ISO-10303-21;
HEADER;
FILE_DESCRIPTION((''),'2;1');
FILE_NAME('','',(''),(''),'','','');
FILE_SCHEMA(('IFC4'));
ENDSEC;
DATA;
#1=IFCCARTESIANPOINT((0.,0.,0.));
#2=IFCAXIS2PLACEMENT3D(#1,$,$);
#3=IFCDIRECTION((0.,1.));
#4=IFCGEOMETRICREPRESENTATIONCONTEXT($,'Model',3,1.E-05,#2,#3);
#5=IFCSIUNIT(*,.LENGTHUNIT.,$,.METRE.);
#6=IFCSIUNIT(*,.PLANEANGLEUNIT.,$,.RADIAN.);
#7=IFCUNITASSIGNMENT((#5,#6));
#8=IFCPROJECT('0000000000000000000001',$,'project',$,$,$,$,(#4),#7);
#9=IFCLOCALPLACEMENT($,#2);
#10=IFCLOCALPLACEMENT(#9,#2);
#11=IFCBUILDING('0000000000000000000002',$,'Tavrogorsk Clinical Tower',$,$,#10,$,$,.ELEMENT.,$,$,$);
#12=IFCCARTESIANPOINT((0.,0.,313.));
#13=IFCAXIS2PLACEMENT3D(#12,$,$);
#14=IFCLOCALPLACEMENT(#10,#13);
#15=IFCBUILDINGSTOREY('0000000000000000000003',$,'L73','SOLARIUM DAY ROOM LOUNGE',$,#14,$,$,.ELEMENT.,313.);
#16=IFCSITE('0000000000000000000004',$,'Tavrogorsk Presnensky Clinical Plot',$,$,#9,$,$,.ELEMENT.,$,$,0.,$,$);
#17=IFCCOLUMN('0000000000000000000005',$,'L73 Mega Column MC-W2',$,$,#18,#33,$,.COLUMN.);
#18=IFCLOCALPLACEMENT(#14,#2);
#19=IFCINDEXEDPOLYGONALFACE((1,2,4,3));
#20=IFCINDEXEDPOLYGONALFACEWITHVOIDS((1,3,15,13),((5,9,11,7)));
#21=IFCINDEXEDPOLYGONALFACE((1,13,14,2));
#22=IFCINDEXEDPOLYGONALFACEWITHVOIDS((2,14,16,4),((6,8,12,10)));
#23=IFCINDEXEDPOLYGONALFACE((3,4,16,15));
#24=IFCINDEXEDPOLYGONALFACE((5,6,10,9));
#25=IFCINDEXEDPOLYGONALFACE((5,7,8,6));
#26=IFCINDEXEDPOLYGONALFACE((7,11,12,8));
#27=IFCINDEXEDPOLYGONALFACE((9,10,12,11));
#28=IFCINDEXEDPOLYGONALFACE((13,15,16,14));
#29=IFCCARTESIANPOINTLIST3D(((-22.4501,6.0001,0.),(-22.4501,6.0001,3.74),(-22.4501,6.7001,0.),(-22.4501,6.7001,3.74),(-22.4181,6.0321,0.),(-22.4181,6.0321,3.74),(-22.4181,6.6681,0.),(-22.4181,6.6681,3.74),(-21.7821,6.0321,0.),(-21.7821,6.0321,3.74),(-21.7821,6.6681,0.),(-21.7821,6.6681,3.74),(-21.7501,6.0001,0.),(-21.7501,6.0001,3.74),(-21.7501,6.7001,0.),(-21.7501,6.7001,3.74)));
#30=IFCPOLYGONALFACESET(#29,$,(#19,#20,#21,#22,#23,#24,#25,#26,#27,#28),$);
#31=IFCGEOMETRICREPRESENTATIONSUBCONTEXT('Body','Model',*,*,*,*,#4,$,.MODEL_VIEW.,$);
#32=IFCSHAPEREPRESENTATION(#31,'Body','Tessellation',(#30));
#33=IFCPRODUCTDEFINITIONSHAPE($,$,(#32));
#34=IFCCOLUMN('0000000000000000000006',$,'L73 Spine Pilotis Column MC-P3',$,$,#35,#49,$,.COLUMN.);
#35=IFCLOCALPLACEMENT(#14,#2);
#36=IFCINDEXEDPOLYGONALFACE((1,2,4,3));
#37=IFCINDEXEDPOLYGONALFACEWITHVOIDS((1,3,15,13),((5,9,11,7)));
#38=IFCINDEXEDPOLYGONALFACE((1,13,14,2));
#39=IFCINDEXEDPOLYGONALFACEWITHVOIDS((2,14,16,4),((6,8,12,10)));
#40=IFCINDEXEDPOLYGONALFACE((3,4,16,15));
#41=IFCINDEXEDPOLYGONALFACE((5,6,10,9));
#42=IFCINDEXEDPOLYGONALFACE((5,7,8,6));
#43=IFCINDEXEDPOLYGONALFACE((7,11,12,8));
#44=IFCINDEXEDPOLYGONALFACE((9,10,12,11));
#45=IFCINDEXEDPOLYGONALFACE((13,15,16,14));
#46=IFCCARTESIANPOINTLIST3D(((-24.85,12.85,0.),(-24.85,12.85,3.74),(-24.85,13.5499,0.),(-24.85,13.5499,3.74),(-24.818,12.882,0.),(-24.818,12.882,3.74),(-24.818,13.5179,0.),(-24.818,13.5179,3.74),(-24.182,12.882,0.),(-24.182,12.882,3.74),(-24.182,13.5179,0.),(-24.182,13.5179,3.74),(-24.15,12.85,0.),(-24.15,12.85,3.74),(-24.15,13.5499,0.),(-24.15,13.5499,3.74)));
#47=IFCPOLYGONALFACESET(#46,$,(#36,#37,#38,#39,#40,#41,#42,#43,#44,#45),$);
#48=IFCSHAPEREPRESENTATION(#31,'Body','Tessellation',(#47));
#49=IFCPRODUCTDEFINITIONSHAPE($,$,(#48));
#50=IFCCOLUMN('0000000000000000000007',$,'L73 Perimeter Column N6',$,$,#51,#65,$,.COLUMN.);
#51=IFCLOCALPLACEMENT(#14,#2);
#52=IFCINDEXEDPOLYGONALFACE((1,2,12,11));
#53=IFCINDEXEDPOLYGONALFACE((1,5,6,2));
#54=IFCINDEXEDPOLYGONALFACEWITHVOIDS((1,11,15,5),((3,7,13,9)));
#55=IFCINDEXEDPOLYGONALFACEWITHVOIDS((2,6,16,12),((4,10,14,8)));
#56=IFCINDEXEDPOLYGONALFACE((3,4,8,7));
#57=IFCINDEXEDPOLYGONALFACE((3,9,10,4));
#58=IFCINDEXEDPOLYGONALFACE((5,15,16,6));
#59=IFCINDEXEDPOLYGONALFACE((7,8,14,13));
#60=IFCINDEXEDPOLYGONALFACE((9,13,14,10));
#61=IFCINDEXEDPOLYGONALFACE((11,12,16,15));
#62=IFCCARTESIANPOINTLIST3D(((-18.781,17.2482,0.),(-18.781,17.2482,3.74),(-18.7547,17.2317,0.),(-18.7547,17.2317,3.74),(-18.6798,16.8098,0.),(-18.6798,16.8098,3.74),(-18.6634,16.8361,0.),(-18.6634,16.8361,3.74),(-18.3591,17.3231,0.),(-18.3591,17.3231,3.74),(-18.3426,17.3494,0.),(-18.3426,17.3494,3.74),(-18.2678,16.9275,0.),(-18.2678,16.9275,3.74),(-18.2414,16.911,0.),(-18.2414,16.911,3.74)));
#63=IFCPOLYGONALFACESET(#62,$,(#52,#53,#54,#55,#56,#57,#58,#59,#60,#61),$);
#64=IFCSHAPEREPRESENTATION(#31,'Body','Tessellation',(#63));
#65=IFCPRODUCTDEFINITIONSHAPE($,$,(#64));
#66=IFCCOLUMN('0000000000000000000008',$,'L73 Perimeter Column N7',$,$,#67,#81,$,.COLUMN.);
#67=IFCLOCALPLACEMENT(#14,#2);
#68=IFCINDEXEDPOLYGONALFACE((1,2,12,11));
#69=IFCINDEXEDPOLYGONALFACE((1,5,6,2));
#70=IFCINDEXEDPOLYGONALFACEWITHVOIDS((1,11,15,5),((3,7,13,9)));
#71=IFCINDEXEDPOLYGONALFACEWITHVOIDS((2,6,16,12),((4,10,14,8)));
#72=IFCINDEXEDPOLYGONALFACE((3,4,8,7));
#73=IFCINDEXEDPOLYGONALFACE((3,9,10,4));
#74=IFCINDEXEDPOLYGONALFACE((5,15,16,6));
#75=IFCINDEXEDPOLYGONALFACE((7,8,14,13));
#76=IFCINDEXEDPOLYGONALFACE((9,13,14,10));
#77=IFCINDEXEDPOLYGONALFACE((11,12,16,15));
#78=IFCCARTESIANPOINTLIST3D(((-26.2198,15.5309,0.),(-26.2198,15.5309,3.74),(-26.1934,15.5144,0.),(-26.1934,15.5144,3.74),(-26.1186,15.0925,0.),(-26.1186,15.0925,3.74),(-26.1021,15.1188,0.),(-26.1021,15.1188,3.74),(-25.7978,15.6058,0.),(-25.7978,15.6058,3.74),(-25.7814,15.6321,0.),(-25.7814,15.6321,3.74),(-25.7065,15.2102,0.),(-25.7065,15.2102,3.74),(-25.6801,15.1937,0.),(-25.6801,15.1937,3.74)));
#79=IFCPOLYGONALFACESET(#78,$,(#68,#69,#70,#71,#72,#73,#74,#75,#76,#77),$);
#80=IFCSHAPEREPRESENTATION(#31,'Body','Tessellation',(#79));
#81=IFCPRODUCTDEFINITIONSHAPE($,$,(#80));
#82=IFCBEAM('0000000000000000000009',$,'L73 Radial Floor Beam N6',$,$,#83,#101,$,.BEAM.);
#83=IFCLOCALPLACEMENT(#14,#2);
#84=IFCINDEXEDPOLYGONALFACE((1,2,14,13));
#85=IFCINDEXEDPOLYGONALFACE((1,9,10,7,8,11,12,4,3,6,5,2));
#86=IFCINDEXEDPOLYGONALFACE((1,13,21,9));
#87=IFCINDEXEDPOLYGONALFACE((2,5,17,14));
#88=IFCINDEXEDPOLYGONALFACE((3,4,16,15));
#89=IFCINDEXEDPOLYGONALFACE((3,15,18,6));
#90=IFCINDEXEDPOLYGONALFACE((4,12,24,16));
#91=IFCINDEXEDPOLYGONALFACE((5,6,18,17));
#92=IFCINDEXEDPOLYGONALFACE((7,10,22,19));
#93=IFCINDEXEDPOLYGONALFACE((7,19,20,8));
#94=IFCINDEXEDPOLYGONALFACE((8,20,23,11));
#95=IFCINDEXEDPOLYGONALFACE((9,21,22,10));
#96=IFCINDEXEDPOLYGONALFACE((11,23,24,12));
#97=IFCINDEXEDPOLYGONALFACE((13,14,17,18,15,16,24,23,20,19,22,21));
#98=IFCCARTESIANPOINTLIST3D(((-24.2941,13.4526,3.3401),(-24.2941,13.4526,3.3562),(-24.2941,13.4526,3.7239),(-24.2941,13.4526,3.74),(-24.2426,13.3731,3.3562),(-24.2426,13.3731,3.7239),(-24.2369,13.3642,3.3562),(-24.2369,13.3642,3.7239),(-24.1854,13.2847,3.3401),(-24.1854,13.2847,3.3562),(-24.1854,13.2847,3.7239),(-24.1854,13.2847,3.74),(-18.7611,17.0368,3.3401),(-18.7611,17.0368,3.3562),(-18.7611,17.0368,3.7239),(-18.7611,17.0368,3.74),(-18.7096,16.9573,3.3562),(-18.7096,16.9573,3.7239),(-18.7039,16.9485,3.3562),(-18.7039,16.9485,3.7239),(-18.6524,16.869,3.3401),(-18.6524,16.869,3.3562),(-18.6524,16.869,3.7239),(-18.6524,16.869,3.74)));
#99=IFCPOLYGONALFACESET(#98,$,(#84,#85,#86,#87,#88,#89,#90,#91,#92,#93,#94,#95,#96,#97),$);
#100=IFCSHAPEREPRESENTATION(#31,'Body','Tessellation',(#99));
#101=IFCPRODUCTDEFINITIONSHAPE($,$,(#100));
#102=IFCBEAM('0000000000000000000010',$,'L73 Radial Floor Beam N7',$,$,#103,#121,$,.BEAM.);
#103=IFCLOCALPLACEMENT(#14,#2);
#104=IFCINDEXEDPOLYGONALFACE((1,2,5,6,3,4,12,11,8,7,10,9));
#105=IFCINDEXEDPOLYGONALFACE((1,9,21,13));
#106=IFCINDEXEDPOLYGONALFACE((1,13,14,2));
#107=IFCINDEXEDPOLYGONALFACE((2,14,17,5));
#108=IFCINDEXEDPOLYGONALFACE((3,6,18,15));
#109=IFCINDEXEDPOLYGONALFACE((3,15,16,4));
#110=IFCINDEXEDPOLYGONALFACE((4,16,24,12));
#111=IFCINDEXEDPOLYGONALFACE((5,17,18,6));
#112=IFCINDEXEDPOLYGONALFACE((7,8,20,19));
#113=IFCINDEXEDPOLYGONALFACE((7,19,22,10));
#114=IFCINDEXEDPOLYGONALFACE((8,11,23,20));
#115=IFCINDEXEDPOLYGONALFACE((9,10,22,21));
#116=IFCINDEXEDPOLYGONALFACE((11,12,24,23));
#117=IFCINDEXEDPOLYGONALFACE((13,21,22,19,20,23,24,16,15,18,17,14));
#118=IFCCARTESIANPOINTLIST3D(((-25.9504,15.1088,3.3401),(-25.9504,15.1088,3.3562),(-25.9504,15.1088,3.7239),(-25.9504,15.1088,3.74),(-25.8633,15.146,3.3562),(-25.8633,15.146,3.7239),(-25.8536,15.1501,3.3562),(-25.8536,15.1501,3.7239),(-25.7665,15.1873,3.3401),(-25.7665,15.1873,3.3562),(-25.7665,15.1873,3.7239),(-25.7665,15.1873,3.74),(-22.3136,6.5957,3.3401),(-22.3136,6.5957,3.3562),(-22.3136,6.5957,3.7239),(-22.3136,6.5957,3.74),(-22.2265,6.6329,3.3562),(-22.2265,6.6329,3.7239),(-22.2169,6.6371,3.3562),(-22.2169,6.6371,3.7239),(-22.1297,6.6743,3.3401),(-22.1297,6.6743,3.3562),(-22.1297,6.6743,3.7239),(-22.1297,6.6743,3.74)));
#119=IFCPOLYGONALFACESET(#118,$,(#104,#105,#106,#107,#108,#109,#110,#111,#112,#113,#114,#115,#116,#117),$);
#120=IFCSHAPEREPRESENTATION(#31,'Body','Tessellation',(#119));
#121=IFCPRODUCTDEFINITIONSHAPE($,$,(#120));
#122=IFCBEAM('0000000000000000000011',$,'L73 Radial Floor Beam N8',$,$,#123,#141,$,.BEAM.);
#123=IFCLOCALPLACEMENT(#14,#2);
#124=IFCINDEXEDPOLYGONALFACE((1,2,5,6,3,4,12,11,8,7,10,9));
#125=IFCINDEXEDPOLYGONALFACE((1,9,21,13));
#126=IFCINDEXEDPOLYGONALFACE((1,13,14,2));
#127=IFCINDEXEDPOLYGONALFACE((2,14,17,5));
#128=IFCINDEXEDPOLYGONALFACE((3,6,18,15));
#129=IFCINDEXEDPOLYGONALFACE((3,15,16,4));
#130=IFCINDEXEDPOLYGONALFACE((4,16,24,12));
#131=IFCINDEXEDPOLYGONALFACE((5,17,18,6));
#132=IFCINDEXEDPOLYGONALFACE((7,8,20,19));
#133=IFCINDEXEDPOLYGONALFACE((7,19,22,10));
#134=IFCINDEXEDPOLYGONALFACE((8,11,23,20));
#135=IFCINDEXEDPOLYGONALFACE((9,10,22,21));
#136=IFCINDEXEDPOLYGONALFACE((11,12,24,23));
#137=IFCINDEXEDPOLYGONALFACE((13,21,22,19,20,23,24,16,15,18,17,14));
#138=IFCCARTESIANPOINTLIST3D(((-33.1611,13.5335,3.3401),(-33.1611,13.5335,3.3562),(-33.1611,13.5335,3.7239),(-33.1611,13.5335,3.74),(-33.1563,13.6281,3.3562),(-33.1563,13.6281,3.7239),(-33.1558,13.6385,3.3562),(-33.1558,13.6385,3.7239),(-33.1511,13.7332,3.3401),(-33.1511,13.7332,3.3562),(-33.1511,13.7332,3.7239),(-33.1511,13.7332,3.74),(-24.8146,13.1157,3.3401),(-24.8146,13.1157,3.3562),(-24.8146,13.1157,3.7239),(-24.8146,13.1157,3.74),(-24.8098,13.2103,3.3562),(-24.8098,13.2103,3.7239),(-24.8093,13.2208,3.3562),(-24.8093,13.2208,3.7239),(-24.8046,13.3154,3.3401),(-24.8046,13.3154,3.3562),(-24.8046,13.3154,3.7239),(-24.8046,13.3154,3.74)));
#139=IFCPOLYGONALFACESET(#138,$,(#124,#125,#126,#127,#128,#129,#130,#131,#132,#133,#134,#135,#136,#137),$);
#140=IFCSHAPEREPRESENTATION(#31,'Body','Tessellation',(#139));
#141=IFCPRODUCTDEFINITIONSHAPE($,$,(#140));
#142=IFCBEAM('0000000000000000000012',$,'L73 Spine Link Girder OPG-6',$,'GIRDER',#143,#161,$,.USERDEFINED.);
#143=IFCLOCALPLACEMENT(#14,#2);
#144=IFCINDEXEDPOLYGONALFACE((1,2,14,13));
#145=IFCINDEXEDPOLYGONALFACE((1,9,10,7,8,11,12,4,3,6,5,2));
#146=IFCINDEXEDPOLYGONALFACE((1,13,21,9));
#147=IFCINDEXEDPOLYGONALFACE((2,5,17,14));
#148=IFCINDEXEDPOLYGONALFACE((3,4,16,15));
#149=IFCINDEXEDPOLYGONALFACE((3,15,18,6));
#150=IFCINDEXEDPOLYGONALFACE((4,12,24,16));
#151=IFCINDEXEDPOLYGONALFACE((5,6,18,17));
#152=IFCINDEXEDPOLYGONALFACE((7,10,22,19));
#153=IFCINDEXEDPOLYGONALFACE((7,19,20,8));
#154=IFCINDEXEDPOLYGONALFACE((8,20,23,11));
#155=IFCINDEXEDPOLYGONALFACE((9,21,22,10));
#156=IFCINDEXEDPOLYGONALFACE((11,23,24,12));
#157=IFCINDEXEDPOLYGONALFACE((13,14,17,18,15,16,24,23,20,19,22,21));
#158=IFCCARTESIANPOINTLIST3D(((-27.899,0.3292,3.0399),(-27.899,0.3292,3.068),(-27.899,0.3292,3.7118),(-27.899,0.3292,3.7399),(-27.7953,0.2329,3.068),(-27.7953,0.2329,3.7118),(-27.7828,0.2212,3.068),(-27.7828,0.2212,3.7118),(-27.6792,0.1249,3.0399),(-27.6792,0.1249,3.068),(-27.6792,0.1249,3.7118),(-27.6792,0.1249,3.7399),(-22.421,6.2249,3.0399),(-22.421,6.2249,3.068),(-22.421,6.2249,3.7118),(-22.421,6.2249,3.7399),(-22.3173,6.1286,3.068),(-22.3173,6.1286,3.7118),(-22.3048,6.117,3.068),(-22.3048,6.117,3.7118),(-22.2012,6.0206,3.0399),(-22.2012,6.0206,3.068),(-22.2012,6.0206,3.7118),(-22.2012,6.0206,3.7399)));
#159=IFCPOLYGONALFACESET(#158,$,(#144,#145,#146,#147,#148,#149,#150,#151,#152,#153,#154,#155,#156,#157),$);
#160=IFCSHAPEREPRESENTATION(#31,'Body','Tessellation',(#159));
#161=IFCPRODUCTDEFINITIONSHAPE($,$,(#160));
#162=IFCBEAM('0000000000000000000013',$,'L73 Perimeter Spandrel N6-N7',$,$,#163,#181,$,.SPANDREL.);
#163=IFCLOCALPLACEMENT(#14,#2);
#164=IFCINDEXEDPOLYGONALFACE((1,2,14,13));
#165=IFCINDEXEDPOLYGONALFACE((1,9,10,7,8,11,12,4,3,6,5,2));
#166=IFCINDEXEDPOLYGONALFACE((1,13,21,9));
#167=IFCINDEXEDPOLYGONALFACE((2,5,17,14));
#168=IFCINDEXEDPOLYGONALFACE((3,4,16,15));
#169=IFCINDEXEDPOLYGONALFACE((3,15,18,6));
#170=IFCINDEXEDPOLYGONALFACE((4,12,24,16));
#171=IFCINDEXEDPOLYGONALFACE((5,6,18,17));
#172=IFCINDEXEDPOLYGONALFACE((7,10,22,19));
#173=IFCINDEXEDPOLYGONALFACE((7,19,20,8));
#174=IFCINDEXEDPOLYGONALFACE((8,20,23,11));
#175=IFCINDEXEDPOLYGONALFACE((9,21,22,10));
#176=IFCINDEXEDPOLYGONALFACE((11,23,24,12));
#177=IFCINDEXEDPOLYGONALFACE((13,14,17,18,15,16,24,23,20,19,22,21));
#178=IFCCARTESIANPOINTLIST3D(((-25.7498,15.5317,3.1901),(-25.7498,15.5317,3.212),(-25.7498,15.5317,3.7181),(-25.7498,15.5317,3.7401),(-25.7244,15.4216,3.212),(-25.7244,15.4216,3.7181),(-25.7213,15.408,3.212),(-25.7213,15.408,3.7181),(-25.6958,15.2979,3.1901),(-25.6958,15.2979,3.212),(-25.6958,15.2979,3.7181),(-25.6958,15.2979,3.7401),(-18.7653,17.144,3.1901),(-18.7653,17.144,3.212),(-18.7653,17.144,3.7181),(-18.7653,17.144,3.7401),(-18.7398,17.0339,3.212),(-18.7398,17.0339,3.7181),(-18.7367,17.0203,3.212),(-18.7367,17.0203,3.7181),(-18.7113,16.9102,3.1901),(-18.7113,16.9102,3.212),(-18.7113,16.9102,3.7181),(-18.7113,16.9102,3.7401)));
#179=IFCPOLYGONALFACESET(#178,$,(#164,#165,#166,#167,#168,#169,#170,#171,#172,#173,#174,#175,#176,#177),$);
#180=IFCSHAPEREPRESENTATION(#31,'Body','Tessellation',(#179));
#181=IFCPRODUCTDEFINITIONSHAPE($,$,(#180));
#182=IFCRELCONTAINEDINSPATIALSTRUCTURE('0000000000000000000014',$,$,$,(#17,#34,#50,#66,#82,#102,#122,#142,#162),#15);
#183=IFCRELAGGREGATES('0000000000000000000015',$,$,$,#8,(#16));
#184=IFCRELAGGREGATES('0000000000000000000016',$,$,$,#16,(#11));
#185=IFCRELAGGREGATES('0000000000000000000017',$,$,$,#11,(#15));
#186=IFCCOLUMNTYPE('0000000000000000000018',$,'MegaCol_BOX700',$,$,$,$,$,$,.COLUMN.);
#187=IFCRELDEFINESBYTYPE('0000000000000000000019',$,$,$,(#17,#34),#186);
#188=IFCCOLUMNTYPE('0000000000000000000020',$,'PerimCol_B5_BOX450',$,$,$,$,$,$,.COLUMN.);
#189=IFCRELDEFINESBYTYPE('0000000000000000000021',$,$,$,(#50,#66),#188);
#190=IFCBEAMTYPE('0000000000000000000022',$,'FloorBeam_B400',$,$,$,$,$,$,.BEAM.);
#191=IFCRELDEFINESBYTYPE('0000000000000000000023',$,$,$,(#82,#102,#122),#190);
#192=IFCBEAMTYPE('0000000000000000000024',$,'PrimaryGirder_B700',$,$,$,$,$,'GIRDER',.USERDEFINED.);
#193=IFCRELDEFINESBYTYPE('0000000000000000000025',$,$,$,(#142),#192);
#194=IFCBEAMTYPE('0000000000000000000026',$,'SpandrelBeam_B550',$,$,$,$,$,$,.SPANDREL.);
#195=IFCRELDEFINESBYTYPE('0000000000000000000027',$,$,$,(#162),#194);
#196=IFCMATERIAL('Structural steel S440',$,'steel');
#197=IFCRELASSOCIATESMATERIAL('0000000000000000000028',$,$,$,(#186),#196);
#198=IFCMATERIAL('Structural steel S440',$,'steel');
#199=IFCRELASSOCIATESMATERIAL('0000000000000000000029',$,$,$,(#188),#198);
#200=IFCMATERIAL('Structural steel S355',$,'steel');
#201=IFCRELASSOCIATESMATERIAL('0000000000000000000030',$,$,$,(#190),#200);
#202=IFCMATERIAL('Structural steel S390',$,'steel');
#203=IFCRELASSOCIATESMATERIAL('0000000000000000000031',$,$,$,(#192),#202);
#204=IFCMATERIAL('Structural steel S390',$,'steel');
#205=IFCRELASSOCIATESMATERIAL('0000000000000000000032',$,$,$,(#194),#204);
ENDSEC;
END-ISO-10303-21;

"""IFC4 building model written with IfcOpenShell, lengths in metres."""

from ifc_helpers import new_model, si_unit, direction, frame, origin, origin_2d, place, context, subcontext, project, spatial, hollow_rectangle, i_section, extrude, material, material_profile, profile_set, type_object, element, save


model = new_model("IFC4")

# Units and contexts
model_context = context("Model", 3, precision=1e-05, world=origin(), true_north=direction((0.0, 1.0)))
body_context = subcontext(model_context, "Body", "Model", "MODEL_VIEW")
ifc_project = project(units=[si_unit("LENGTHUNIT", "METRE"), si_unit("PLANEANGLEUNIT", "RADIAN")], contexts=[model_context])

# Site, building, storey
site_placement = place(None, origin())
site = spatial("IfcSite", under=ifc_project, at=site_placement, Name="Tavrogorsk Presnensky Clinical Plot", CompositionType="ELEMENT", RefElevation=0.0)
building_placement = place(site_placement, origin())
building = spatial("IfcBuilding", under=site, at=building_placement, Name="Tavrogorsk Clinical Tower", CompositionType="ELEMENT")
storey_placement = place(building_placement, frame((0.0, 0.0, 313.0)))
storey = spatial("IfcBuildingStorey", under=building, at=storey_placement, Name="L73", Description="SOLARIUM DAY ROOM LOUNGE", CompositionType="ELEMENT", Elevation=313.0)

# Columns
ifc_material_1 = material(Name="Structural steel S440", Category="steel")
ifc_material_profile_1 = material_profile(ifc_material_1, hollow_rectangle(XDim=0.7, YDim=0.7, WallThickness=0.032, at=origin_2d()), Name="BOX-700x700x32")
ifc_profile_set_1 = profile_set([ifc_material_profile_1], Name="Structural steel S440")
column_type_1 = type_object("IfcColumnType", Name="MegaCol_BOX700", PredefinedType="COLUMN", material=ifc_profile_set_1)
for number, where, z_axis, x_axis, name in (
    (1, (-22.1001, 6.3501, 0.0), (0.0, 0.0, 1.0), (1.0, 0.0, 0.0), "L73 Mega Column MC-W2"),
    (2, (-24.5, 13.2, 0.0), (0.0, 0.0, 1.0), (1.0, 0.0, 0.0), "L73 Spine Pilotis Column MC-P3"),
):
    element("IfcColumn", number, at=place(storey_placement, frame(where, z_axis=z_axis, x_axis=x_axis)), inside=storey, type_object=column_type_1, Name=name, PredefinedType="COLUMN", context=body_context, shape_type="SweptSolid", body=[
        extrude(hollow_rectangle(XDim=0.7, YDim=0.7, WallThickness=0.032, at=origin_2d()), origin(), (0.0, 0.0, 1.0), 3.74),
    ])
ifc_material_2 = material(Name="Structural steel S440", Category="steel")
ifc_material_profile_2 = material_profile(ifc_material_2, hollow_rectangle(XDim=0.45, YDim=0.45, WallThickness=0.022, at=origin_2d()), Name="BOX-450x450x22")
ifc_profile_set_2 = profile_set([ifc_material_profile_2], Name="Structural steel S440")
column_type_2 = type_object("IfcColumnType", Name="PerimCol_B5_BOX450", PredefinedType="COLUMN", material=ifc_profile_set_2)
for number, where, z_axis, x_axis, name in (
    (3, (-18.5112, 17.0796, 0.0), (0.0, 0.0, 1.0), (0.97437, 0.224951, 0.0), "L73 Perimeter Column N6"),
    (4, (-25.95, 15.3623, 0.0), (0.0, 0.0, 1.0), (0.97437, 0.224951, 0.0), "L73 Perimeter Column N7"),
):
    element("IfcColumn", number, at=place(storey_placement, frame(where, z_axis=z_axis, x_axis=x_axis)), inside=storey, type_object=column_type_2, Name=name, PredefinedType="COLUMN", context=body_context, shape_type="SweptSolid", body=[
        extrude(hollow_rectangle(XDim=0.45, YDim=0.45, WallThickness=0.022, at=origin_2d()), origin(), (0.0, 0.0, 1.0), 3.74),
    ])

# Beams
ifc_material_3 = material(Name="Structural steel S355", Category="steel")
ifc_material_profile_3 = material_profile(ifc_material_3, i_section(OverallWidth=0.2, OverallDepth=0.3999, WebThickness=0.0105, FlangeThickness=0.0161, at=origin_2d()), Name="B-400x200x10.5x16")
ifc_profile_set_3 = profile_set([ifc_material_profile_3], Name="Structural steel S355")
beam_type_1 = type_object("IfcBeamType", Name="FloorBeam_B400", PredefinedType="BEAM", material=ifc_profile_set_3)
beam_1_placement = place(storey_placement, frame((-24.2397, 13.3687, 3.54), z_axis=(0.839288, 0.543687, 0.0), x_axis=(-0.543687, 0.839288, 0.0)))
element("IfcBeam", 5, at=beam_1_placement, inside=storey, type_object=beam_type_1, Name="L73 Radial Floor Beam N6", PredefinedType="BEAM", context=body_context, shape_type="SweptSolid", body=[
    extrude(i_section(OverallWidth=0.2, OverallDepth=0.3999, WebThickness=0.0105, FlangeThickness=0.0161, at=origin_2d()), origin(), (0.0, 0.0, 1.0), 6.5925),
])
beam_2_placement = place(storey_placement, frame((-22.2217, 6.635, 3.54), z_axis=(-0.392853, 0.919601, 0.0), x_axis=(-0.919601, -0.392853, 0.0)))
element("IfcBeam", 6, at=beam_2_placement, inside=storey, type_object=beam_type_1, Name="L73 Radial Floor Beam N7", PredefinedType="BEAM", context=body_context, shape_type="SweptSolid", body=[
    extrude(i_section(OverallWidth=0.2, OverallDepth=0.3999, WebThickness=0.0105, FlangeThickness=0.0161, at=origin_2d()), origin(), (0.0, 0.0, 1.0), 9.2573),
])
beam_3_placement = place(storey_placement, frame((-24.8096, 13.2156, 3.54), z_axis=(-0.99875, 0.049986, 0.0), x_axis=(-0.049986, -0.99875, 0.0)))
element("IfcBeam", 7, at=beam_3_placement, inside=storey, type_object=beam_type_1, Name="L73 Radial Floor Beam N8", PredefinedType="BEAM", context=body_context, shape_type="SweptSolid", body=[
    extrude(i_section(OverallWidth=0.2, OverallDepth=0.3999, WebThickness=0.0105, FlangeThickness=0.0161, at=origin_2d()), origin(), (0.0, 0.0, 1.0), 8.3569),
])
ifc_material_4 = material(Name="Structural steel S390", Category="steel")
ifc_material_profile_4 = material_profile(ifc_material_4, i_section(OverallWidth=0.3, OverallDepth=0.7, WebThickness=0.0171, FlangeThickness=0.0281, at=origin_2d()), Name="B-700x300x17x28")
ifc_profile_set_4 = profile_set([ifc_material_profile_4], Name="Structural steel S390")
beam_type_2 = type_object("IfcBeamType", Name="PrimaryGirder_B700", ElementType="GIRDER", PredefinedType="USERDEFINED", material=ifc_profile_set_4)
beam_4_placement = place(storey_placement, frame((-27.7891, 0.2271, 3.3899), z_axis=(0.680678, 0.732583, 0.0), x_axis=(-0.732583, 0.680678, 0.0)))
element("IfcBeam", 8, at=beam_4_placement, inside=storey, type_object=beam_type_2, Name="L73 Spine Link Girder OPG-6", ObjectType="GIRDER", PredefinedType="USERDEFINED", context=body_context, shape_type="SweptSolid", body=[
    extrude(i_section(OverallWidth=0.3, OverallDepth=0.7, WebThickness=0.0171, FlangeThickness=0.0281, at=origin_2d()), origin(), (0.0, 0.0, 1.0), 8.0479),
])
ifc_material_5 = material(Name="Structural steel S390", Category="steel")
ifc_material_profile_5 = material_profile(ifc_material_5, i_section(OverallWidth=0.24, OverallDepth=0.55, WebThickness=0.0139, FlangeThickness=0.022, at=origin_2d()), Name="B-550x240x14x22")
ifc_profile_set_5 = profile_set([ifc_material_profile_5], Name="Structural steel S390")
beam_type_3 = type_object("IfcBeamType", Name="SpandrelBeam_B550", PredefinedType="SPANDREL", material=ifc_profile_set_5)
beam_5_placement = place(storey_placement, frame((-18.7383, 17.0271, 3.4651), z_axis=(-0.974377, -0.224922, 0.0), x_axis=(0.224922, -0.974377, 0.0)))
element("IfcBeam", 9, at=beam_5_placement, inside=storey, type_object=beam_type_3, Name="L73 Perimeter Spandrel N6-N7", PredefinedType="SPANDREL", context=body_context, shape_type="SweptSolid", body=[
    extrude(i_section(OverallWidth=0.24, OverallDepth=0.55, WebThickness=0.0139, FlangeThickness=0.022, at=origin_2d()), origin(), (0.0, 0.0, 1.0), 7.1682),
])

save(model, "model.ifc")
